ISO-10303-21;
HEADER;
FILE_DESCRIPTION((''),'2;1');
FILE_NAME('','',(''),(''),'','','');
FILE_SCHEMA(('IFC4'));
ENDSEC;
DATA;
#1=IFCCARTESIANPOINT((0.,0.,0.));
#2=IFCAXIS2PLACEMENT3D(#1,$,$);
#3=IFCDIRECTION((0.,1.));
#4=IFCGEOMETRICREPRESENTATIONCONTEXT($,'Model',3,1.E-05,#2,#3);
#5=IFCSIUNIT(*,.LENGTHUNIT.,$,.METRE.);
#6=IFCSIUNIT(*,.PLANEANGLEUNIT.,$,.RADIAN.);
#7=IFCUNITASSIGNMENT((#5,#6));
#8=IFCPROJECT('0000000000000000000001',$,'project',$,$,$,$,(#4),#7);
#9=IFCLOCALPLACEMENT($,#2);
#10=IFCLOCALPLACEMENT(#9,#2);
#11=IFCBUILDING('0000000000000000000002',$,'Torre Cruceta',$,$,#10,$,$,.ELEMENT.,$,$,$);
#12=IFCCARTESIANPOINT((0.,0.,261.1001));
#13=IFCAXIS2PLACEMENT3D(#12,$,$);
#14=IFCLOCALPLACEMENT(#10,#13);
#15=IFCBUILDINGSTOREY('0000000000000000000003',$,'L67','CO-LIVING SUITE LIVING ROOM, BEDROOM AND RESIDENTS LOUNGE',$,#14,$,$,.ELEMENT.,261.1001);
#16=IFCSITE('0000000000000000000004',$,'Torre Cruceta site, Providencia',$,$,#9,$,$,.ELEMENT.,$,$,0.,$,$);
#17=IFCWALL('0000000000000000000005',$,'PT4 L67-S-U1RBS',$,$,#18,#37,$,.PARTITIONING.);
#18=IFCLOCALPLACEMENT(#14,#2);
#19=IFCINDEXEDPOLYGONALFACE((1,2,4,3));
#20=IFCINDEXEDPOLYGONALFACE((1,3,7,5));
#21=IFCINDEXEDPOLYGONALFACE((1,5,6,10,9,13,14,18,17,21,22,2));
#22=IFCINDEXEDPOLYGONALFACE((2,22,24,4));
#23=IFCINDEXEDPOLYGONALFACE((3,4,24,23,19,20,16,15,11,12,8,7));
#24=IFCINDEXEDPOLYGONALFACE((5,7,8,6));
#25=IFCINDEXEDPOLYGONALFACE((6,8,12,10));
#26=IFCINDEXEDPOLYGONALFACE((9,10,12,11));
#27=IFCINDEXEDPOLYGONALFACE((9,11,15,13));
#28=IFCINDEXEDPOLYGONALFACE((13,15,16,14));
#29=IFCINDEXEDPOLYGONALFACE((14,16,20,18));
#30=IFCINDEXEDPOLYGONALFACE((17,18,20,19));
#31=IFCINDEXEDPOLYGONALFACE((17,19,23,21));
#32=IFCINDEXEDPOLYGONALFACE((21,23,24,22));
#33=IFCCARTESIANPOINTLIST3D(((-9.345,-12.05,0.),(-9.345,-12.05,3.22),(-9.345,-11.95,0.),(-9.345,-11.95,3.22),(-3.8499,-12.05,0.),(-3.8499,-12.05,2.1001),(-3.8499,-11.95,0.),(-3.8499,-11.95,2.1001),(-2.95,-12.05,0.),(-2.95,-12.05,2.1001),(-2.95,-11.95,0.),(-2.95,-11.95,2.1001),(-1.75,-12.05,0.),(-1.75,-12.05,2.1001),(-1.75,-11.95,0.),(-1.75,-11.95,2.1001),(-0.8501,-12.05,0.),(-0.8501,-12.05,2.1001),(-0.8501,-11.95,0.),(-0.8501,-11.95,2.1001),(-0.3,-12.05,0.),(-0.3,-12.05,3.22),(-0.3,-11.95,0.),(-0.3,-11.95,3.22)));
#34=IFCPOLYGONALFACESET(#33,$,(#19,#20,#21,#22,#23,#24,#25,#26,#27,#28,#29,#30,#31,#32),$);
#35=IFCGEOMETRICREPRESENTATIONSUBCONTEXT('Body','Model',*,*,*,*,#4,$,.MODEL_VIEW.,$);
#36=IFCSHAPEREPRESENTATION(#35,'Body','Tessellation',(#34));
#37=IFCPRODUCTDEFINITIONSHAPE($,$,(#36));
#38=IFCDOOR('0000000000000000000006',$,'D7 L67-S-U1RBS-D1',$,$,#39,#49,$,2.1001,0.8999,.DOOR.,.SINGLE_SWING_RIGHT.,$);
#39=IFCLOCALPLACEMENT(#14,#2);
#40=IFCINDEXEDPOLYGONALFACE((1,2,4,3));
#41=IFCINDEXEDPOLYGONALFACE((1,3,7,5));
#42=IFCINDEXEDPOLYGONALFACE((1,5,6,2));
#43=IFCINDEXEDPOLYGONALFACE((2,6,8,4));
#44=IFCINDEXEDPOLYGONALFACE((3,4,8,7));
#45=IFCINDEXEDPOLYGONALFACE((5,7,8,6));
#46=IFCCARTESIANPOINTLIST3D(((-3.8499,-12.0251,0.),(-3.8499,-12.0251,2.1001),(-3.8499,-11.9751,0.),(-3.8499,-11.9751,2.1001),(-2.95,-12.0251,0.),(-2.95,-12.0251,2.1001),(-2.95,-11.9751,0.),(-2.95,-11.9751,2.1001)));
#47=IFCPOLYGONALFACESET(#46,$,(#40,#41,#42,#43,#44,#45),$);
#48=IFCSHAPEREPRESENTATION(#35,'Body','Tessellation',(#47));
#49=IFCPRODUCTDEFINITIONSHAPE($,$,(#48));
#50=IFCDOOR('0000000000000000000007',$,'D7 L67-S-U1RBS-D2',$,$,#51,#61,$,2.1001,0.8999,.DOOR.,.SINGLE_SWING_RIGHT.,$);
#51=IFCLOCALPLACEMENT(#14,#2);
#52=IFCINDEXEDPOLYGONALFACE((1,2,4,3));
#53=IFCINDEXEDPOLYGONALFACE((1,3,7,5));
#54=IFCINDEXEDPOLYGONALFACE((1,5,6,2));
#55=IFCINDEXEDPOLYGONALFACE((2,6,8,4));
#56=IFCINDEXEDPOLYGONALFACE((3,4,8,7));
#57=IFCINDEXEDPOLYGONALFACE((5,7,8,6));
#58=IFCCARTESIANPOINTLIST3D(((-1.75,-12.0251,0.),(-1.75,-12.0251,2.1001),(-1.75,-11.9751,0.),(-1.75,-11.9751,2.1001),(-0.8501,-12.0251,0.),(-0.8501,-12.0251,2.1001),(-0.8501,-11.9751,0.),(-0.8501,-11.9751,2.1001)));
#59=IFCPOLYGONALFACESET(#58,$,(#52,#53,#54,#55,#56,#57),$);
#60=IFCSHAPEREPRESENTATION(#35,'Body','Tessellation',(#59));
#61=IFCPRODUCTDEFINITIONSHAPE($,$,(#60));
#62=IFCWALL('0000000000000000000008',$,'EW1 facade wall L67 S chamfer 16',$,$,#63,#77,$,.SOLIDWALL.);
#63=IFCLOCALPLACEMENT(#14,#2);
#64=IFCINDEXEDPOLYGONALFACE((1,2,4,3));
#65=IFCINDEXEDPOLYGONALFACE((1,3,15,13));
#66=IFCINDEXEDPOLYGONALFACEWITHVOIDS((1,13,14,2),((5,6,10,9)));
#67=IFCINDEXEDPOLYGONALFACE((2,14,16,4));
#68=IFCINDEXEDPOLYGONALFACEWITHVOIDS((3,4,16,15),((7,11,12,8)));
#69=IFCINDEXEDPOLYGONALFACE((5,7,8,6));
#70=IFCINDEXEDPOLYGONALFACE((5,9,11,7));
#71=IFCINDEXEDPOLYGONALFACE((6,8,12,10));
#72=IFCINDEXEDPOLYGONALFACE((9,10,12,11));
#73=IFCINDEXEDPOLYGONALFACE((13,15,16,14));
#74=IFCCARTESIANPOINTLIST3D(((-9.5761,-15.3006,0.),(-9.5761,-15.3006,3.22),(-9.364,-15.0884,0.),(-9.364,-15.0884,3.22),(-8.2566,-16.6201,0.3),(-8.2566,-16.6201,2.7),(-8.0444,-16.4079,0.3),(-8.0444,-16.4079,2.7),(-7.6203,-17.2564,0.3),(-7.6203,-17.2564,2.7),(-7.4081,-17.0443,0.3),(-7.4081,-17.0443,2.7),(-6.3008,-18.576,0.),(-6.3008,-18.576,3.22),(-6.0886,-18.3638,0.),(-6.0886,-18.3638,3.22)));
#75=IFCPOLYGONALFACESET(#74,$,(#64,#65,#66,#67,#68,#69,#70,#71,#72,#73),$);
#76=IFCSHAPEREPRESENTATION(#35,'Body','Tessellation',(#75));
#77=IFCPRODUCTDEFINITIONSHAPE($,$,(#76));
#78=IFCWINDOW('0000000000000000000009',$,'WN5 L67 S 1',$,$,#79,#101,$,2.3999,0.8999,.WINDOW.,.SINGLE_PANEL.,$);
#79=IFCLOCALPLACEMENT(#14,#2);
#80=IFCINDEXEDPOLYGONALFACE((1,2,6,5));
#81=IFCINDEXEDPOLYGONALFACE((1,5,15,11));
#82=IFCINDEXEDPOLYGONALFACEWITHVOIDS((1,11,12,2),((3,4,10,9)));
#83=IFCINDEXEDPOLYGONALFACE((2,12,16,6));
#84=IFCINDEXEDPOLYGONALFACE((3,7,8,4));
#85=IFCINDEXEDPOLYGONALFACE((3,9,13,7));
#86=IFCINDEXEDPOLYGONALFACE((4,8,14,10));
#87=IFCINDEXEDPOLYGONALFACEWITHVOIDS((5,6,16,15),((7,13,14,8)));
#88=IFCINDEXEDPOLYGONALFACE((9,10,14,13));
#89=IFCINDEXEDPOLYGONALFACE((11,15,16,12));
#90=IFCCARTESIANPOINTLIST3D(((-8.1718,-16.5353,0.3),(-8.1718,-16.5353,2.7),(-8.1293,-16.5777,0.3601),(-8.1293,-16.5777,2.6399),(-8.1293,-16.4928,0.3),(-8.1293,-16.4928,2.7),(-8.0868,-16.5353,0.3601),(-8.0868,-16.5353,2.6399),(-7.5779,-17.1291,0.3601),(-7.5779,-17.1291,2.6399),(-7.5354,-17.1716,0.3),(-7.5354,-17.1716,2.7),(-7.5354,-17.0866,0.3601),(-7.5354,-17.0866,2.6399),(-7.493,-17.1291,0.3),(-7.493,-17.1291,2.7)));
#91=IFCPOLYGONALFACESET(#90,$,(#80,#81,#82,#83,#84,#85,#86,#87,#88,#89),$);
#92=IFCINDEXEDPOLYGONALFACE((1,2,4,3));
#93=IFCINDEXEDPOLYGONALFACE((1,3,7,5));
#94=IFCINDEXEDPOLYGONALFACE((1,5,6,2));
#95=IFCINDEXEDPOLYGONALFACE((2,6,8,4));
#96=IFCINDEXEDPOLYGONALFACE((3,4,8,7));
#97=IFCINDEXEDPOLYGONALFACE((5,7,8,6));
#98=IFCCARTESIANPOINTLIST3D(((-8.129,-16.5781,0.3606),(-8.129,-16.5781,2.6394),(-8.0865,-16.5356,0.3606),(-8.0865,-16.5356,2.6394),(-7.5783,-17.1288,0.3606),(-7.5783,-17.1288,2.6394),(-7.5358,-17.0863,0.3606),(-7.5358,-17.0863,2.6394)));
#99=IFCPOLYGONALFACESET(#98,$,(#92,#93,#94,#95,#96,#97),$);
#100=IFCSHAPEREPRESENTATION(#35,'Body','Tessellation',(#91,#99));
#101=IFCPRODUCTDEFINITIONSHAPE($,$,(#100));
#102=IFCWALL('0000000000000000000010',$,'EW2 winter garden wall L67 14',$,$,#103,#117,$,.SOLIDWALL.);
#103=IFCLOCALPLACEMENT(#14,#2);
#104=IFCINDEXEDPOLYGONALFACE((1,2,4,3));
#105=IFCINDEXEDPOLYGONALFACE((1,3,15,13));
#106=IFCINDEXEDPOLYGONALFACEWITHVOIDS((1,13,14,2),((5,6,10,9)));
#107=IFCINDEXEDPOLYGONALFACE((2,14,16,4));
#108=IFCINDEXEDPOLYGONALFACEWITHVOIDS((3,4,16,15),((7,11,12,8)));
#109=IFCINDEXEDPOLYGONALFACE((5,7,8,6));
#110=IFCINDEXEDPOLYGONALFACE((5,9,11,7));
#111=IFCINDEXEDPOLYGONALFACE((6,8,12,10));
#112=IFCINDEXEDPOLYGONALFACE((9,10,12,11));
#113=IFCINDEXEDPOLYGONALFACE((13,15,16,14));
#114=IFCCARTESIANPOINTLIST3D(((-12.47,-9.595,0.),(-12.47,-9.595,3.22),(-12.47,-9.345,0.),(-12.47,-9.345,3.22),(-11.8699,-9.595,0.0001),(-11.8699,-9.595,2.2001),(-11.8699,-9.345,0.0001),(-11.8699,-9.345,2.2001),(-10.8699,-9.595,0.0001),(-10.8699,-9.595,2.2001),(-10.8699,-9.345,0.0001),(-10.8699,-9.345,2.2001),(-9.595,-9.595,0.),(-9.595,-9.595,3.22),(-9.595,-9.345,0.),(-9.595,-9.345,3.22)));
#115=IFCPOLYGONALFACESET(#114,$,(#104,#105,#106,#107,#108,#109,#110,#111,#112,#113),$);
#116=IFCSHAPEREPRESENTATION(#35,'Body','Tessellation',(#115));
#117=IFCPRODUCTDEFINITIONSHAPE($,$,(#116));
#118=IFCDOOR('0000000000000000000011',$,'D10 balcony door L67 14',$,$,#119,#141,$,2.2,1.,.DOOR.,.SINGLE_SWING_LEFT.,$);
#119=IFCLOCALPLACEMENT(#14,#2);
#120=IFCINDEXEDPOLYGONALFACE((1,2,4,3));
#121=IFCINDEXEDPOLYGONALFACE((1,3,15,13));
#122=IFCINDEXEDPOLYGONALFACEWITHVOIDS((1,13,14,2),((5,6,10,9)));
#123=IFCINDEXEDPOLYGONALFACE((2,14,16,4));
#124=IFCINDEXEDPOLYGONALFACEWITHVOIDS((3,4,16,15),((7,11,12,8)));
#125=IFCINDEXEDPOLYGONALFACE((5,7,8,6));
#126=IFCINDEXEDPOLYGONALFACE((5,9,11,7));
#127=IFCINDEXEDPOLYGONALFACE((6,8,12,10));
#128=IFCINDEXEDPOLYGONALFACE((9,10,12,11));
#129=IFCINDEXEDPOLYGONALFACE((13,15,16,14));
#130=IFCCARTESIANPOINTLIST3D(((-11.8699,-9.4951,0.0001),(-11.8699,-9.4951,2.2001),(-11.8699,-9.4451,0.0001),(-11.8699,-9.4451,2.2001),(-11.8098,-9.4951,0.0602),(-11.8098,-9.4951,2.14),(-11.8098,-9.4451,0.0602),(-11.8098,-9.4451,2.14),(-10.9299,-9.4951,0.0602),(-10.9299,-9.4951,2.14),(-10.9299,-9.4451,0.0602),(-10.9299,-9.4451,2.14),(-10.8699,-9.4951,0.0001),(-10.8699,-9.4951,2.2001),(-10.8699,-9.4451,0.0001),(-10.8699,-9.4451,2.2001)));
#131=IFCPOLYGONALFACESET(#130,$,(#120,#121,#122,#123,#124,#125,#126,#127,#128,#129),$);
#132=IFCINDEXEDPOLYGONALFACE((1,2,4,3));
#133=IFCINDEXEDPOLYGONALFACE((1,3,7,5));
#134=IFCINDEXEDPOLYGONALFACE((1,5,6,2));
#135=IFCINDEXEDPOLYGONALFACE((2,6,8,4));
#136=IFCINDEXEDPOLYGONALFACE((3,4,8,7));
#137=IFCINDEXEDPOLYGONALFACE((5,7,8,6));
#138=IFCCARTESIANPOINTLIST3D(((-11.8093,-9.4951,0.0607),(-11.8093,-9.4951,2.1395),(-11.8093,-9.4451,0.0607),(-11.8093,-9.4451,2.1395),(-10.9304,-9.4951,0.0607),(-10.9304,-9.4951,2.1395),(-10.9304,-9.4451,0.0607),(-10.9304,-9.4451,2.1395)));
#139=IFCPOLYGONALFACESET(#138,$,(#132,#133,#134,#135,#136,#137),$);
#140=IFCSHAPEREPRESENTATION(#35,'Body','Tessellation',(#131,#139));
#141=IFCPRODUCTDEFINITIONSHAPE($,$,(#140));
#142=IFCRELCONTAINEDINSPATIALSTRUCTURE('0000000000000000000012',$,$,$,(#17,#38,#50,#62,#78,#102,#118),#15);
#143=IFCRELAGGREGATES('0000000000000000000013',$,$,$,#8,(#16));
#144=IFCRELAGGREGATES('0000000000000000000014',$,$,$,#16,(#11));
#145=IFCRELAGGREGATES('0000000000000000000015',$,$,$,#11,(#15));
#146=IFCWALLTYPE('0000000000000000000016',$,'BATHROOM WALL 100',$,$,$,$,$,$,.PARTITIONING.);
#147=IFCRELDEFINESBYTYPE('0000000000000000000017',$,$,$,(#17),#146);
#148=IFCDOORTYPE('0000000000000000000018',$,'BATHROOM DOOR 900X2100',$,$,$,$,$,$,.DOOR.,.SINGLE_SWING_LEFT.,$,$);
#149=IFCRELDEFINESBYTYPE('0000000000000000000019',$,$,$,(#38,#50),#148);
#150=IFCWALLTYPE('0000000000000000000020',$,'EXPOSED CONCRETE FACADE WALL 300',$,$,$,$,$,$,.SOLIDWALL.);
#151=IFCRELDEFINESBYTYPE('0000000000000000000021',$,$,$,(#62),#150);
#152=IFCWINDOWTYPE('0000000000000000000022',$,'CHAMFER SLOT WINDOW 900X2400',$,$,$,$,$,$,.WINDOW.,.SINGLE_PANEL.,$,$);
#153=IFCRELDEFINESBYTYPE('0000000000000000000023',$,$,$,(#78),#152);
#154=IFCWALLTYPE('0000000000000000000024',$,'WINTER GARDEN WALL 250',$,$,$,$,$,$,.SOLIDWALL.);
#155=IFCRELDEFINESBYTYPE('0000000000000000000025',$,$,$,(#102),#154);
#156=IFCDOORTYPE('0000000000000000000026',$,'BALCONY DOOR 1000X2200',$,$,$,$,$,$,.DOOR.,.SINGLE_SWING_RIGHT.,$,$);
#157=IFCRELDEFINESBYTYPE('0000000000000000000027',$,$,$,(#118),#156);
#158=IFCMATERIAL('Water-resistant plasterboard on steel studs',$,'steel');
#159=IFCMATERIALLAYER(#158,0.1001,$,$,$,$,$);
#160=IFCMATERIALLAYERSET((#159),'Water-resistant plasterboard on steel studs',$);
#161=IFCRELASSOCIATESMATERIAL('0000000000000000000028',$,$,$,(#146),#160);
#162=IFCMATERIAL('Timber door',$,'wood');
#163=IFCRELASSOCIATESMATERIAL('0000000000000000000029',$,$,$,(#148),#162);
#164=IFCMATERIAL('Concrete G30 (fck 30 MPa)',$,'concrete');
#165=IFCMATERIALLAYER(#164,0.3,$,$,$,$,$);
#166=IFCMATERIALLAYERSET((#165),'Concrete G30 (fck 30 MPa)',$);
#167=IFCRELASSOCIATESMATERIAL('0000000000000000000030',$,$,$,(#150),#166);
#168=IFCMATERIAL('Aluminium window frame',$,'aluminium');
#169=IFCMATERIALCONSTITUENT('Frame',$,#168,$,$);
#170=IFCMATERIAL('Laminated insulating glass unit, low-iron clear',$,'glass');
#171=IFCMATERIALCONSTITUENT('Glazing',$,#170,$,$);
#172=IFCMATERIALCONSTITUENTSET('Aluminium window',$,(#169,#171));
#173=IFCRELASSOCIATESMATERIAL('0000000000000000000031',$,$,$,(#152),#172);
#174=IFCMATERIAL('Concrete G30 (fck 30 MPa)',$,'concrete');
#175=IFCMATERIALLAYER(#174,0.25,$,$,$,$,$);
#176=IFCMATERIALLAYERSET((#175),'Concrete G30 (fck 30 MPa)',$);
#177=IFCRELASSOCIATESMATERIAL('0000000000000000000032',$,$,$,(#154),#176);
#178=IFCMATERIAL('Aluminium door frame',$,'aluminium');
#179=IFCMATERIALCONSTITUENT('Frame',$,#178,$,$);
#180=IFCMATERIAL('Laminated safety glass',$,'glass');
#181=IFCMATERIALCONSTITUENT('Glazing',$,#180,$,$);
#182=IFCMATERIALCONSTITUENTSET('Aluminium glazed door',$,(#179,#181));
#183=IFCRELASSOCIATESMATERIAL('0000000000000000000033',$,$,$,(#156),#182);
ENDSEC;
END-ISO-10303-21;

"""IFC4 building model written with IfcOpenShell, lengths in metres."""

from ifc_helpers import new_model, si_unit, direction, frame, frame_2d, origin, place, context, subcontext, project, spatial, rectangle, hollow_rectangle, extrude, material, layer, layer_set, constituent, constituent_set, type_object, element, fill, save


model = new_model("IFC4")

# Units and contexts
model_context = context("Model", 3, precision=1e-05, world=origin(), true_north=direction((0.0, 1.0)))
body_context = subcontext(model_context, "Body", "Model", "MODEL_VIEW")
ifc_project = project(units=[si_unit("LENGTHUNIT", "METRE"), si_unit("PLANEANGLEUNIT", "RADIAN")], contexts=[model_context])

# Site, building, storey
site_placement = place(None, origin())
site = spatial("IfcSite", under=ifc_project, at=site_placement, Name="Torre Cruceta site, Providencia", CompositionType="ELEMENT", RefElevation=0.0)
building_placement = place(site_placement, origin())
building = spatial("IfcBuilding", under=site, at=building_placement, Name="Torre Cruceta", CompositionType="ELEMENT")
storey_placement = place(building_placement, frame((0.0, 0.0, 261.1001)))
storey = spatial("IfcBuildingStorey", under=building, at=storey_placement, Name="L67", Description="CO-LIVING SUITE LIVING ROOM, BEDROOM AND RESIDENTS LOUNGE", CompositionType="ELEMENT", Elevation=261.1001)

# Wall, openings, doors
ifc_material_1 = material(Name="Water-resistant plasterboard on steel studs", Category="steel")
ifc_layer_1 = layer(ifc_material_1, 0.1001)
ifc_layer_set_1 = layer_set([ifc_layer_1], Name="Water-resistant plasterboard on steel studs")
wall_type_1 = type_object("IfcWallType", Name="BATHROOM WALL 100", PredefinedType="PARTITIONING", material=ifc_layer_set_1)
wall_1_placement = place(storey_placement, frame((-9.345, -12.0, 0.0), z_axis=(0.0, 0.0, 1.0), x_axis=(1.0, 0.0, 0.0)))
wall_1 = element("IfcWall", 1, at=wall_1_placement, inside=storey, type_object=wall_type_1, Name="PT4 L67-S-U1RBS", PredefinedType="PARTITIONING", context=body_context, shape_type="SweptSolid", body=[
    extrude(rectangle(XDim=9.0449, YDim=0.1001, at=frame_2d((4.5225, 0.0))), origin(), (0.0, 0.0, 1.0), 3.22),
])
opening_1_placement = place(wall_1_placement, frame((5.4951, 0.0, 0.0)))
opening_1 = element("IfcOpeningElement", 2, at=opening_1_placement, cuts=wall_1, PredefinedType="OPENING", context=body_context, shape_type="SweptSolid", body=[
    extrude(rectangle(XDim=0.8999, YDim=2.1001, at=frame_2d((0.45, 1.05))), frame((0.0, 0.0601, 0.0), z_axis=(0.0, -1.0, 0.0), x_axis=(1.0, 0.0, 0.0)), (0.0, 0.0, 1.0), 0.1201),
])
opening_2_placement = place(wall_1_placement, frame((7.595, 0.0, 0.0)))
opening_2 = element("IfcOpeningElement", 3, at=opening_2_placement, cuts=wall_1, PredefinedType="OPENING", context=body_context, shape_type="SweptSolid", body=[
    extrude(rectangle(XDim=0.8999, YDim=2.1001, at=frame_2d((0.45, 1.05))), frame((0.0, 0.0601, 0.0), z_axis=(0.0, -1.0, 0.0), x_axis=(1.0, 0.0, 0.0)), (0.0, 0.0, 1.0), 0.1201),
])
ifc_material_2 = material(Name="Timber door", Category="wood")
door_type_1 = type_object("IfcDoorType", Name="BATHROOM DOOR 900X2100", OperationType="SINGLE_SWING_LEFT", PredefinedType="DOOR", material=ifc_material_2)
door_1_placement = place(opening_1_placement, origin())
door_1 = element("IfcDoor", 4, at=door_1_placement, inside=storey, type_object=door_type_1, Name="D7 L67-S-U1RBS-D1", OperationType="SINGLE_SWING_RIGHT", OverallHeight=2.1001, OverallWidth=0.8999, PredefinedType="DOOR", context=body_context, shape_type="SweptSolid", body=[
    extrude(rectangle(XDim=0.8999, YDim=2.1001, at=frame_2d((0.45, 1.05))), frame((0.0, 0.0249, 0.0), z_axis=(0.0, -1.0, 0.0), x_axis=(1.0, 0.0, 0.0)), (0.0, 0.0, 1.0), 0.05),
])
fill(opening_1, door_1)
door_2_placement = place(opening_2_placement, origin())
door_2 = element("IfcDoor", 5, at=door_2_placement, inside=storey, type_object=door_type_1, Name="D7 L67-S-U1RBS-D2", OperationType="SINGLE_SWING_RIGHT", OverallHeight=2.1001, OverallWidth=0.8999, PredefinedType="DOOR", context=body_context, shape_type="SweptSolid", body=[
    extrude(rectangle(XDim=0.8999, YDim=2.1001, at=frame_2d((0.45, 1.05))), frame((0.0, 0.0249, 0.0), z_axis=(0.0, -1.0, 0.0), x_axis=(1.0, 0.0, 0.0)), (0.0, 0.0, 1.0), 0.05),
])
fill(opening_2, door_2)

# Wall, opening, window
ifc_material_3 = material(Name="Concrete G30 (fck 30 MPa)", Category="concrete")
ifc_layer_2 = layer(ifc_material_3, 0.3)
ifc_layer_set_2 = layer_set([ifc_layer_2], Name="Concrete G30 (fck 30 MPa)")
wall_type_2 = type_object("IfcWallType", Name="EXPOSED CONCRETE FACADE WALL 300", PredefinedType="SOLIDWALL", material=ifc_layer_set_2)
wall_2_placement = place(storey_placement, frame((-9.47, -15.1946, 0.0), z_axis=(0.0, 0.0, 1.0), x_axis=(0.707107, -0.707107, 0.0)))
wall_2 = element("IfcWall", 6, at=wall_2_placement, inside=storey, type_object=wall_type_2, Name="EW1 facade wall L67 S chamfer 16", PredefinedType="SOLIDWALL", context=body_context, shape_type="SweptSolid", body=[
    extrude(rectangle(XDim=4.6321, YDim=0.3, at=frame_2d((2.3159, 0.0))), origin(), (0.0, 0.0, 1.0), 3.22),
])
opening_3_placement = place(wall_2_placement, frame((1.866, 0.0, 0.3)))
opening_3 = element("IfcOpeningElement", 7, at=opening_3_placement, cuts=wall_2, PredefinedType="OPENING", context=body_context, shape_type="SweptSolid", body=[
    extrude(rectangle(XDim=0.8999, YDim=2.3999, at=frame_2d((0.45, 1.2))), frame((0.0, 0.1599, 0.0), z_axis=(0.0, -1.0, 0.0), x_axis=(1.0, 0.0, 0.0)), (0.0, 0.0, 1.0), 0.3201),
])
ifc_material_4 = material(Name="Aluminium window frame", Category="aluminium")
ifc_constituent_1 = constituent(ifc_material_4, Name="Frame")
ifc_material_5 = material(Name="Laminated insulating glass unit, low-iron clear", Category="glass")
ifc_constituent_2 = constituent(ifc_material_5, Name="Glazing")
ifc_constituent_set_1 = constituent_set(constituents=[ifc_constituent_1, ifc_constituent_2], Name="Aluminium window")
window_type = type_object("IfcWindowType", Name="CHAMFER SLOT WINDOW 900X2400", PartitioningType="SINGLE_PANEL", PredefinedType="WINDOW", material=ifc_constituent_set_1)
window_placement = place(opening_3_placement, origin())
window = element("IfcWindow", 8, at=window_placement, inside=storey, type_object=window_type, Name="WN5 L67 S 1", OverallHeight=2.3999, OverallWidth=0.8999, PartitioningType="SINGLE_PANEL", PredefinedType="WINDOW", context=body_context, shape_type="SweptSolid", body=[
    extrude(hollow_rectangle(XDim=0.8999, YDim=2.3999, WallThickness=0.0601, at=frame_2d((0.45, 1.2))), frame((0.0, 0.03, 0.0), z_axis=(0.0, -1.0, 0.0), x_axis=(1.0, 0.0, 0.0)), (0.0, 0.0, 1.0), 0.0601),
    extrude(rectangle(XDim=0.7788, YDim=2.2788, at=frame_2d((0.45, 1.2))), frame((0.0, 0.03, 0.0), z_axis=(0.0, -1.0, 0.0), x_axis=(1.0, 0.0, 0.0)), (0.0, 0.0, 1.0), 0.0601),
])
fill(opening_3, window)

# Wall, opening, door
ifc_material_6 = material(Name="Concrete G30 (fck 30 MPa)", Category="concrete")
ifc_layer_3 = layer(ifc_material_6, 0.25)
ifc_layer_set_3 = layer_set([ifc_layer_3], Name="Concrete G30 (fck 30 MPa)")
wall_type_3 = type_object("IfcWallType", Name="WINTER GARDEN WALL 250", PredefinedType="SOLIDWALL", material=ifc_layer_set_3)
wall_3_placement = place(storey_placement, frame((-12.47, -9.47, 0.0), z_axis=(0.0, 0.0, 1.0), x_axis=(1.0, 0.0, 0.0)))
wall_3 = element("IfcWall", 9, at=wall_3_placement, inside=storey, type_object=wall_type_3, Name="EW2 winter garden wall L67 14", PredefinedType="SOLIDWALL", context=body_context, shape_type="SweptSolid", body=[
    extrude(rectangle(XDim=2.875, YDim=0.25, at=frame_2d((1.4375, 0.0))), origin(), (0.0, 0.0, 1.0), 3.22),
])
opening_4_placement = place(wall_3_placement, frame((0.6001, 0.0, 0.0)))
opening_4 = element("IfcOpeningElement", 10, at=opening_4_placement, cuts=wall_3, PredefinedType="OPENING", context=body_context, shape_type="SweptSolid", body=[
    extrude(rectangle(XDim=1.0, YDim=2.2, at=frame_2d((0.5, 1.1001))), frame((0.0, 0.135, 0.0), z_axis=(0.0, -1.0, 0.0), x_axis=(1.0, 0.0, 0.0)), (0.0, 0.0, 1.0), 0.27),
])
ifc_material_7 = material(Name="Aluminium door frame", Category="aluminium")
ifc_constituent_3 = constituent(ifc_material_7, Name="Frame")
ifc_material_8 = material(Name="Laminated safety glass", Category="glass")
ifc_constituent_4 = constituent(ifc_material_8, Name="Glazing")
ifc_constituent_set_2 = constituent_set(constituents=[ifc_constituent_3, ifc_constituent_4], Name="Aluminium glazed door")
door_type_2 = type_object("IfcDoorType", Name="BALCONY DOOR 1000X2200", OperationType="SINGLE_SWING_RIGHT", PredefinedType="DOOR", material=ifc_constituent_set_2)
door_3_placement = place(opening_4_placement, origin())
door_3 = element("IfcDoor", 11, at=door_3_placement, inside=storey, type_object=door_type_2, Name="D10 balcony door L67 14", OperationType="SINGLE_SWING_LEFT", OverallHeight=2.2, OverallWidth=1.0, PredefinedType="DOOR", context=body_context, shape_type="SweptSolid", body=[
    extrude(hollow_rectangle(XDim=1.0, YDim=2.2, WallThickness=0.0601, at=frame_2d((0.5, 1.1001))), frame((0.0, 0.0249, 0.0), z_axis=(0.0, -1.0, 0.0), x_axis=(1.0, 0.0, 0.0)), (0.0, 0.0, 1.0), 0.05),
    extrude(rectangle(XDim=0.8789, YDim=2.0789, at=frame_2d((0.5, 1.1001))), frame((0.0, 0.0249, 0.0), z_axis=(0.0, -1.0, 0.0), x_axis=(1.0, 0.0, 0.0)), (0.0, 0.0, 1.0), 0.05),
])
fill(opening_4, door_3)

save(model, "model.ifc")
